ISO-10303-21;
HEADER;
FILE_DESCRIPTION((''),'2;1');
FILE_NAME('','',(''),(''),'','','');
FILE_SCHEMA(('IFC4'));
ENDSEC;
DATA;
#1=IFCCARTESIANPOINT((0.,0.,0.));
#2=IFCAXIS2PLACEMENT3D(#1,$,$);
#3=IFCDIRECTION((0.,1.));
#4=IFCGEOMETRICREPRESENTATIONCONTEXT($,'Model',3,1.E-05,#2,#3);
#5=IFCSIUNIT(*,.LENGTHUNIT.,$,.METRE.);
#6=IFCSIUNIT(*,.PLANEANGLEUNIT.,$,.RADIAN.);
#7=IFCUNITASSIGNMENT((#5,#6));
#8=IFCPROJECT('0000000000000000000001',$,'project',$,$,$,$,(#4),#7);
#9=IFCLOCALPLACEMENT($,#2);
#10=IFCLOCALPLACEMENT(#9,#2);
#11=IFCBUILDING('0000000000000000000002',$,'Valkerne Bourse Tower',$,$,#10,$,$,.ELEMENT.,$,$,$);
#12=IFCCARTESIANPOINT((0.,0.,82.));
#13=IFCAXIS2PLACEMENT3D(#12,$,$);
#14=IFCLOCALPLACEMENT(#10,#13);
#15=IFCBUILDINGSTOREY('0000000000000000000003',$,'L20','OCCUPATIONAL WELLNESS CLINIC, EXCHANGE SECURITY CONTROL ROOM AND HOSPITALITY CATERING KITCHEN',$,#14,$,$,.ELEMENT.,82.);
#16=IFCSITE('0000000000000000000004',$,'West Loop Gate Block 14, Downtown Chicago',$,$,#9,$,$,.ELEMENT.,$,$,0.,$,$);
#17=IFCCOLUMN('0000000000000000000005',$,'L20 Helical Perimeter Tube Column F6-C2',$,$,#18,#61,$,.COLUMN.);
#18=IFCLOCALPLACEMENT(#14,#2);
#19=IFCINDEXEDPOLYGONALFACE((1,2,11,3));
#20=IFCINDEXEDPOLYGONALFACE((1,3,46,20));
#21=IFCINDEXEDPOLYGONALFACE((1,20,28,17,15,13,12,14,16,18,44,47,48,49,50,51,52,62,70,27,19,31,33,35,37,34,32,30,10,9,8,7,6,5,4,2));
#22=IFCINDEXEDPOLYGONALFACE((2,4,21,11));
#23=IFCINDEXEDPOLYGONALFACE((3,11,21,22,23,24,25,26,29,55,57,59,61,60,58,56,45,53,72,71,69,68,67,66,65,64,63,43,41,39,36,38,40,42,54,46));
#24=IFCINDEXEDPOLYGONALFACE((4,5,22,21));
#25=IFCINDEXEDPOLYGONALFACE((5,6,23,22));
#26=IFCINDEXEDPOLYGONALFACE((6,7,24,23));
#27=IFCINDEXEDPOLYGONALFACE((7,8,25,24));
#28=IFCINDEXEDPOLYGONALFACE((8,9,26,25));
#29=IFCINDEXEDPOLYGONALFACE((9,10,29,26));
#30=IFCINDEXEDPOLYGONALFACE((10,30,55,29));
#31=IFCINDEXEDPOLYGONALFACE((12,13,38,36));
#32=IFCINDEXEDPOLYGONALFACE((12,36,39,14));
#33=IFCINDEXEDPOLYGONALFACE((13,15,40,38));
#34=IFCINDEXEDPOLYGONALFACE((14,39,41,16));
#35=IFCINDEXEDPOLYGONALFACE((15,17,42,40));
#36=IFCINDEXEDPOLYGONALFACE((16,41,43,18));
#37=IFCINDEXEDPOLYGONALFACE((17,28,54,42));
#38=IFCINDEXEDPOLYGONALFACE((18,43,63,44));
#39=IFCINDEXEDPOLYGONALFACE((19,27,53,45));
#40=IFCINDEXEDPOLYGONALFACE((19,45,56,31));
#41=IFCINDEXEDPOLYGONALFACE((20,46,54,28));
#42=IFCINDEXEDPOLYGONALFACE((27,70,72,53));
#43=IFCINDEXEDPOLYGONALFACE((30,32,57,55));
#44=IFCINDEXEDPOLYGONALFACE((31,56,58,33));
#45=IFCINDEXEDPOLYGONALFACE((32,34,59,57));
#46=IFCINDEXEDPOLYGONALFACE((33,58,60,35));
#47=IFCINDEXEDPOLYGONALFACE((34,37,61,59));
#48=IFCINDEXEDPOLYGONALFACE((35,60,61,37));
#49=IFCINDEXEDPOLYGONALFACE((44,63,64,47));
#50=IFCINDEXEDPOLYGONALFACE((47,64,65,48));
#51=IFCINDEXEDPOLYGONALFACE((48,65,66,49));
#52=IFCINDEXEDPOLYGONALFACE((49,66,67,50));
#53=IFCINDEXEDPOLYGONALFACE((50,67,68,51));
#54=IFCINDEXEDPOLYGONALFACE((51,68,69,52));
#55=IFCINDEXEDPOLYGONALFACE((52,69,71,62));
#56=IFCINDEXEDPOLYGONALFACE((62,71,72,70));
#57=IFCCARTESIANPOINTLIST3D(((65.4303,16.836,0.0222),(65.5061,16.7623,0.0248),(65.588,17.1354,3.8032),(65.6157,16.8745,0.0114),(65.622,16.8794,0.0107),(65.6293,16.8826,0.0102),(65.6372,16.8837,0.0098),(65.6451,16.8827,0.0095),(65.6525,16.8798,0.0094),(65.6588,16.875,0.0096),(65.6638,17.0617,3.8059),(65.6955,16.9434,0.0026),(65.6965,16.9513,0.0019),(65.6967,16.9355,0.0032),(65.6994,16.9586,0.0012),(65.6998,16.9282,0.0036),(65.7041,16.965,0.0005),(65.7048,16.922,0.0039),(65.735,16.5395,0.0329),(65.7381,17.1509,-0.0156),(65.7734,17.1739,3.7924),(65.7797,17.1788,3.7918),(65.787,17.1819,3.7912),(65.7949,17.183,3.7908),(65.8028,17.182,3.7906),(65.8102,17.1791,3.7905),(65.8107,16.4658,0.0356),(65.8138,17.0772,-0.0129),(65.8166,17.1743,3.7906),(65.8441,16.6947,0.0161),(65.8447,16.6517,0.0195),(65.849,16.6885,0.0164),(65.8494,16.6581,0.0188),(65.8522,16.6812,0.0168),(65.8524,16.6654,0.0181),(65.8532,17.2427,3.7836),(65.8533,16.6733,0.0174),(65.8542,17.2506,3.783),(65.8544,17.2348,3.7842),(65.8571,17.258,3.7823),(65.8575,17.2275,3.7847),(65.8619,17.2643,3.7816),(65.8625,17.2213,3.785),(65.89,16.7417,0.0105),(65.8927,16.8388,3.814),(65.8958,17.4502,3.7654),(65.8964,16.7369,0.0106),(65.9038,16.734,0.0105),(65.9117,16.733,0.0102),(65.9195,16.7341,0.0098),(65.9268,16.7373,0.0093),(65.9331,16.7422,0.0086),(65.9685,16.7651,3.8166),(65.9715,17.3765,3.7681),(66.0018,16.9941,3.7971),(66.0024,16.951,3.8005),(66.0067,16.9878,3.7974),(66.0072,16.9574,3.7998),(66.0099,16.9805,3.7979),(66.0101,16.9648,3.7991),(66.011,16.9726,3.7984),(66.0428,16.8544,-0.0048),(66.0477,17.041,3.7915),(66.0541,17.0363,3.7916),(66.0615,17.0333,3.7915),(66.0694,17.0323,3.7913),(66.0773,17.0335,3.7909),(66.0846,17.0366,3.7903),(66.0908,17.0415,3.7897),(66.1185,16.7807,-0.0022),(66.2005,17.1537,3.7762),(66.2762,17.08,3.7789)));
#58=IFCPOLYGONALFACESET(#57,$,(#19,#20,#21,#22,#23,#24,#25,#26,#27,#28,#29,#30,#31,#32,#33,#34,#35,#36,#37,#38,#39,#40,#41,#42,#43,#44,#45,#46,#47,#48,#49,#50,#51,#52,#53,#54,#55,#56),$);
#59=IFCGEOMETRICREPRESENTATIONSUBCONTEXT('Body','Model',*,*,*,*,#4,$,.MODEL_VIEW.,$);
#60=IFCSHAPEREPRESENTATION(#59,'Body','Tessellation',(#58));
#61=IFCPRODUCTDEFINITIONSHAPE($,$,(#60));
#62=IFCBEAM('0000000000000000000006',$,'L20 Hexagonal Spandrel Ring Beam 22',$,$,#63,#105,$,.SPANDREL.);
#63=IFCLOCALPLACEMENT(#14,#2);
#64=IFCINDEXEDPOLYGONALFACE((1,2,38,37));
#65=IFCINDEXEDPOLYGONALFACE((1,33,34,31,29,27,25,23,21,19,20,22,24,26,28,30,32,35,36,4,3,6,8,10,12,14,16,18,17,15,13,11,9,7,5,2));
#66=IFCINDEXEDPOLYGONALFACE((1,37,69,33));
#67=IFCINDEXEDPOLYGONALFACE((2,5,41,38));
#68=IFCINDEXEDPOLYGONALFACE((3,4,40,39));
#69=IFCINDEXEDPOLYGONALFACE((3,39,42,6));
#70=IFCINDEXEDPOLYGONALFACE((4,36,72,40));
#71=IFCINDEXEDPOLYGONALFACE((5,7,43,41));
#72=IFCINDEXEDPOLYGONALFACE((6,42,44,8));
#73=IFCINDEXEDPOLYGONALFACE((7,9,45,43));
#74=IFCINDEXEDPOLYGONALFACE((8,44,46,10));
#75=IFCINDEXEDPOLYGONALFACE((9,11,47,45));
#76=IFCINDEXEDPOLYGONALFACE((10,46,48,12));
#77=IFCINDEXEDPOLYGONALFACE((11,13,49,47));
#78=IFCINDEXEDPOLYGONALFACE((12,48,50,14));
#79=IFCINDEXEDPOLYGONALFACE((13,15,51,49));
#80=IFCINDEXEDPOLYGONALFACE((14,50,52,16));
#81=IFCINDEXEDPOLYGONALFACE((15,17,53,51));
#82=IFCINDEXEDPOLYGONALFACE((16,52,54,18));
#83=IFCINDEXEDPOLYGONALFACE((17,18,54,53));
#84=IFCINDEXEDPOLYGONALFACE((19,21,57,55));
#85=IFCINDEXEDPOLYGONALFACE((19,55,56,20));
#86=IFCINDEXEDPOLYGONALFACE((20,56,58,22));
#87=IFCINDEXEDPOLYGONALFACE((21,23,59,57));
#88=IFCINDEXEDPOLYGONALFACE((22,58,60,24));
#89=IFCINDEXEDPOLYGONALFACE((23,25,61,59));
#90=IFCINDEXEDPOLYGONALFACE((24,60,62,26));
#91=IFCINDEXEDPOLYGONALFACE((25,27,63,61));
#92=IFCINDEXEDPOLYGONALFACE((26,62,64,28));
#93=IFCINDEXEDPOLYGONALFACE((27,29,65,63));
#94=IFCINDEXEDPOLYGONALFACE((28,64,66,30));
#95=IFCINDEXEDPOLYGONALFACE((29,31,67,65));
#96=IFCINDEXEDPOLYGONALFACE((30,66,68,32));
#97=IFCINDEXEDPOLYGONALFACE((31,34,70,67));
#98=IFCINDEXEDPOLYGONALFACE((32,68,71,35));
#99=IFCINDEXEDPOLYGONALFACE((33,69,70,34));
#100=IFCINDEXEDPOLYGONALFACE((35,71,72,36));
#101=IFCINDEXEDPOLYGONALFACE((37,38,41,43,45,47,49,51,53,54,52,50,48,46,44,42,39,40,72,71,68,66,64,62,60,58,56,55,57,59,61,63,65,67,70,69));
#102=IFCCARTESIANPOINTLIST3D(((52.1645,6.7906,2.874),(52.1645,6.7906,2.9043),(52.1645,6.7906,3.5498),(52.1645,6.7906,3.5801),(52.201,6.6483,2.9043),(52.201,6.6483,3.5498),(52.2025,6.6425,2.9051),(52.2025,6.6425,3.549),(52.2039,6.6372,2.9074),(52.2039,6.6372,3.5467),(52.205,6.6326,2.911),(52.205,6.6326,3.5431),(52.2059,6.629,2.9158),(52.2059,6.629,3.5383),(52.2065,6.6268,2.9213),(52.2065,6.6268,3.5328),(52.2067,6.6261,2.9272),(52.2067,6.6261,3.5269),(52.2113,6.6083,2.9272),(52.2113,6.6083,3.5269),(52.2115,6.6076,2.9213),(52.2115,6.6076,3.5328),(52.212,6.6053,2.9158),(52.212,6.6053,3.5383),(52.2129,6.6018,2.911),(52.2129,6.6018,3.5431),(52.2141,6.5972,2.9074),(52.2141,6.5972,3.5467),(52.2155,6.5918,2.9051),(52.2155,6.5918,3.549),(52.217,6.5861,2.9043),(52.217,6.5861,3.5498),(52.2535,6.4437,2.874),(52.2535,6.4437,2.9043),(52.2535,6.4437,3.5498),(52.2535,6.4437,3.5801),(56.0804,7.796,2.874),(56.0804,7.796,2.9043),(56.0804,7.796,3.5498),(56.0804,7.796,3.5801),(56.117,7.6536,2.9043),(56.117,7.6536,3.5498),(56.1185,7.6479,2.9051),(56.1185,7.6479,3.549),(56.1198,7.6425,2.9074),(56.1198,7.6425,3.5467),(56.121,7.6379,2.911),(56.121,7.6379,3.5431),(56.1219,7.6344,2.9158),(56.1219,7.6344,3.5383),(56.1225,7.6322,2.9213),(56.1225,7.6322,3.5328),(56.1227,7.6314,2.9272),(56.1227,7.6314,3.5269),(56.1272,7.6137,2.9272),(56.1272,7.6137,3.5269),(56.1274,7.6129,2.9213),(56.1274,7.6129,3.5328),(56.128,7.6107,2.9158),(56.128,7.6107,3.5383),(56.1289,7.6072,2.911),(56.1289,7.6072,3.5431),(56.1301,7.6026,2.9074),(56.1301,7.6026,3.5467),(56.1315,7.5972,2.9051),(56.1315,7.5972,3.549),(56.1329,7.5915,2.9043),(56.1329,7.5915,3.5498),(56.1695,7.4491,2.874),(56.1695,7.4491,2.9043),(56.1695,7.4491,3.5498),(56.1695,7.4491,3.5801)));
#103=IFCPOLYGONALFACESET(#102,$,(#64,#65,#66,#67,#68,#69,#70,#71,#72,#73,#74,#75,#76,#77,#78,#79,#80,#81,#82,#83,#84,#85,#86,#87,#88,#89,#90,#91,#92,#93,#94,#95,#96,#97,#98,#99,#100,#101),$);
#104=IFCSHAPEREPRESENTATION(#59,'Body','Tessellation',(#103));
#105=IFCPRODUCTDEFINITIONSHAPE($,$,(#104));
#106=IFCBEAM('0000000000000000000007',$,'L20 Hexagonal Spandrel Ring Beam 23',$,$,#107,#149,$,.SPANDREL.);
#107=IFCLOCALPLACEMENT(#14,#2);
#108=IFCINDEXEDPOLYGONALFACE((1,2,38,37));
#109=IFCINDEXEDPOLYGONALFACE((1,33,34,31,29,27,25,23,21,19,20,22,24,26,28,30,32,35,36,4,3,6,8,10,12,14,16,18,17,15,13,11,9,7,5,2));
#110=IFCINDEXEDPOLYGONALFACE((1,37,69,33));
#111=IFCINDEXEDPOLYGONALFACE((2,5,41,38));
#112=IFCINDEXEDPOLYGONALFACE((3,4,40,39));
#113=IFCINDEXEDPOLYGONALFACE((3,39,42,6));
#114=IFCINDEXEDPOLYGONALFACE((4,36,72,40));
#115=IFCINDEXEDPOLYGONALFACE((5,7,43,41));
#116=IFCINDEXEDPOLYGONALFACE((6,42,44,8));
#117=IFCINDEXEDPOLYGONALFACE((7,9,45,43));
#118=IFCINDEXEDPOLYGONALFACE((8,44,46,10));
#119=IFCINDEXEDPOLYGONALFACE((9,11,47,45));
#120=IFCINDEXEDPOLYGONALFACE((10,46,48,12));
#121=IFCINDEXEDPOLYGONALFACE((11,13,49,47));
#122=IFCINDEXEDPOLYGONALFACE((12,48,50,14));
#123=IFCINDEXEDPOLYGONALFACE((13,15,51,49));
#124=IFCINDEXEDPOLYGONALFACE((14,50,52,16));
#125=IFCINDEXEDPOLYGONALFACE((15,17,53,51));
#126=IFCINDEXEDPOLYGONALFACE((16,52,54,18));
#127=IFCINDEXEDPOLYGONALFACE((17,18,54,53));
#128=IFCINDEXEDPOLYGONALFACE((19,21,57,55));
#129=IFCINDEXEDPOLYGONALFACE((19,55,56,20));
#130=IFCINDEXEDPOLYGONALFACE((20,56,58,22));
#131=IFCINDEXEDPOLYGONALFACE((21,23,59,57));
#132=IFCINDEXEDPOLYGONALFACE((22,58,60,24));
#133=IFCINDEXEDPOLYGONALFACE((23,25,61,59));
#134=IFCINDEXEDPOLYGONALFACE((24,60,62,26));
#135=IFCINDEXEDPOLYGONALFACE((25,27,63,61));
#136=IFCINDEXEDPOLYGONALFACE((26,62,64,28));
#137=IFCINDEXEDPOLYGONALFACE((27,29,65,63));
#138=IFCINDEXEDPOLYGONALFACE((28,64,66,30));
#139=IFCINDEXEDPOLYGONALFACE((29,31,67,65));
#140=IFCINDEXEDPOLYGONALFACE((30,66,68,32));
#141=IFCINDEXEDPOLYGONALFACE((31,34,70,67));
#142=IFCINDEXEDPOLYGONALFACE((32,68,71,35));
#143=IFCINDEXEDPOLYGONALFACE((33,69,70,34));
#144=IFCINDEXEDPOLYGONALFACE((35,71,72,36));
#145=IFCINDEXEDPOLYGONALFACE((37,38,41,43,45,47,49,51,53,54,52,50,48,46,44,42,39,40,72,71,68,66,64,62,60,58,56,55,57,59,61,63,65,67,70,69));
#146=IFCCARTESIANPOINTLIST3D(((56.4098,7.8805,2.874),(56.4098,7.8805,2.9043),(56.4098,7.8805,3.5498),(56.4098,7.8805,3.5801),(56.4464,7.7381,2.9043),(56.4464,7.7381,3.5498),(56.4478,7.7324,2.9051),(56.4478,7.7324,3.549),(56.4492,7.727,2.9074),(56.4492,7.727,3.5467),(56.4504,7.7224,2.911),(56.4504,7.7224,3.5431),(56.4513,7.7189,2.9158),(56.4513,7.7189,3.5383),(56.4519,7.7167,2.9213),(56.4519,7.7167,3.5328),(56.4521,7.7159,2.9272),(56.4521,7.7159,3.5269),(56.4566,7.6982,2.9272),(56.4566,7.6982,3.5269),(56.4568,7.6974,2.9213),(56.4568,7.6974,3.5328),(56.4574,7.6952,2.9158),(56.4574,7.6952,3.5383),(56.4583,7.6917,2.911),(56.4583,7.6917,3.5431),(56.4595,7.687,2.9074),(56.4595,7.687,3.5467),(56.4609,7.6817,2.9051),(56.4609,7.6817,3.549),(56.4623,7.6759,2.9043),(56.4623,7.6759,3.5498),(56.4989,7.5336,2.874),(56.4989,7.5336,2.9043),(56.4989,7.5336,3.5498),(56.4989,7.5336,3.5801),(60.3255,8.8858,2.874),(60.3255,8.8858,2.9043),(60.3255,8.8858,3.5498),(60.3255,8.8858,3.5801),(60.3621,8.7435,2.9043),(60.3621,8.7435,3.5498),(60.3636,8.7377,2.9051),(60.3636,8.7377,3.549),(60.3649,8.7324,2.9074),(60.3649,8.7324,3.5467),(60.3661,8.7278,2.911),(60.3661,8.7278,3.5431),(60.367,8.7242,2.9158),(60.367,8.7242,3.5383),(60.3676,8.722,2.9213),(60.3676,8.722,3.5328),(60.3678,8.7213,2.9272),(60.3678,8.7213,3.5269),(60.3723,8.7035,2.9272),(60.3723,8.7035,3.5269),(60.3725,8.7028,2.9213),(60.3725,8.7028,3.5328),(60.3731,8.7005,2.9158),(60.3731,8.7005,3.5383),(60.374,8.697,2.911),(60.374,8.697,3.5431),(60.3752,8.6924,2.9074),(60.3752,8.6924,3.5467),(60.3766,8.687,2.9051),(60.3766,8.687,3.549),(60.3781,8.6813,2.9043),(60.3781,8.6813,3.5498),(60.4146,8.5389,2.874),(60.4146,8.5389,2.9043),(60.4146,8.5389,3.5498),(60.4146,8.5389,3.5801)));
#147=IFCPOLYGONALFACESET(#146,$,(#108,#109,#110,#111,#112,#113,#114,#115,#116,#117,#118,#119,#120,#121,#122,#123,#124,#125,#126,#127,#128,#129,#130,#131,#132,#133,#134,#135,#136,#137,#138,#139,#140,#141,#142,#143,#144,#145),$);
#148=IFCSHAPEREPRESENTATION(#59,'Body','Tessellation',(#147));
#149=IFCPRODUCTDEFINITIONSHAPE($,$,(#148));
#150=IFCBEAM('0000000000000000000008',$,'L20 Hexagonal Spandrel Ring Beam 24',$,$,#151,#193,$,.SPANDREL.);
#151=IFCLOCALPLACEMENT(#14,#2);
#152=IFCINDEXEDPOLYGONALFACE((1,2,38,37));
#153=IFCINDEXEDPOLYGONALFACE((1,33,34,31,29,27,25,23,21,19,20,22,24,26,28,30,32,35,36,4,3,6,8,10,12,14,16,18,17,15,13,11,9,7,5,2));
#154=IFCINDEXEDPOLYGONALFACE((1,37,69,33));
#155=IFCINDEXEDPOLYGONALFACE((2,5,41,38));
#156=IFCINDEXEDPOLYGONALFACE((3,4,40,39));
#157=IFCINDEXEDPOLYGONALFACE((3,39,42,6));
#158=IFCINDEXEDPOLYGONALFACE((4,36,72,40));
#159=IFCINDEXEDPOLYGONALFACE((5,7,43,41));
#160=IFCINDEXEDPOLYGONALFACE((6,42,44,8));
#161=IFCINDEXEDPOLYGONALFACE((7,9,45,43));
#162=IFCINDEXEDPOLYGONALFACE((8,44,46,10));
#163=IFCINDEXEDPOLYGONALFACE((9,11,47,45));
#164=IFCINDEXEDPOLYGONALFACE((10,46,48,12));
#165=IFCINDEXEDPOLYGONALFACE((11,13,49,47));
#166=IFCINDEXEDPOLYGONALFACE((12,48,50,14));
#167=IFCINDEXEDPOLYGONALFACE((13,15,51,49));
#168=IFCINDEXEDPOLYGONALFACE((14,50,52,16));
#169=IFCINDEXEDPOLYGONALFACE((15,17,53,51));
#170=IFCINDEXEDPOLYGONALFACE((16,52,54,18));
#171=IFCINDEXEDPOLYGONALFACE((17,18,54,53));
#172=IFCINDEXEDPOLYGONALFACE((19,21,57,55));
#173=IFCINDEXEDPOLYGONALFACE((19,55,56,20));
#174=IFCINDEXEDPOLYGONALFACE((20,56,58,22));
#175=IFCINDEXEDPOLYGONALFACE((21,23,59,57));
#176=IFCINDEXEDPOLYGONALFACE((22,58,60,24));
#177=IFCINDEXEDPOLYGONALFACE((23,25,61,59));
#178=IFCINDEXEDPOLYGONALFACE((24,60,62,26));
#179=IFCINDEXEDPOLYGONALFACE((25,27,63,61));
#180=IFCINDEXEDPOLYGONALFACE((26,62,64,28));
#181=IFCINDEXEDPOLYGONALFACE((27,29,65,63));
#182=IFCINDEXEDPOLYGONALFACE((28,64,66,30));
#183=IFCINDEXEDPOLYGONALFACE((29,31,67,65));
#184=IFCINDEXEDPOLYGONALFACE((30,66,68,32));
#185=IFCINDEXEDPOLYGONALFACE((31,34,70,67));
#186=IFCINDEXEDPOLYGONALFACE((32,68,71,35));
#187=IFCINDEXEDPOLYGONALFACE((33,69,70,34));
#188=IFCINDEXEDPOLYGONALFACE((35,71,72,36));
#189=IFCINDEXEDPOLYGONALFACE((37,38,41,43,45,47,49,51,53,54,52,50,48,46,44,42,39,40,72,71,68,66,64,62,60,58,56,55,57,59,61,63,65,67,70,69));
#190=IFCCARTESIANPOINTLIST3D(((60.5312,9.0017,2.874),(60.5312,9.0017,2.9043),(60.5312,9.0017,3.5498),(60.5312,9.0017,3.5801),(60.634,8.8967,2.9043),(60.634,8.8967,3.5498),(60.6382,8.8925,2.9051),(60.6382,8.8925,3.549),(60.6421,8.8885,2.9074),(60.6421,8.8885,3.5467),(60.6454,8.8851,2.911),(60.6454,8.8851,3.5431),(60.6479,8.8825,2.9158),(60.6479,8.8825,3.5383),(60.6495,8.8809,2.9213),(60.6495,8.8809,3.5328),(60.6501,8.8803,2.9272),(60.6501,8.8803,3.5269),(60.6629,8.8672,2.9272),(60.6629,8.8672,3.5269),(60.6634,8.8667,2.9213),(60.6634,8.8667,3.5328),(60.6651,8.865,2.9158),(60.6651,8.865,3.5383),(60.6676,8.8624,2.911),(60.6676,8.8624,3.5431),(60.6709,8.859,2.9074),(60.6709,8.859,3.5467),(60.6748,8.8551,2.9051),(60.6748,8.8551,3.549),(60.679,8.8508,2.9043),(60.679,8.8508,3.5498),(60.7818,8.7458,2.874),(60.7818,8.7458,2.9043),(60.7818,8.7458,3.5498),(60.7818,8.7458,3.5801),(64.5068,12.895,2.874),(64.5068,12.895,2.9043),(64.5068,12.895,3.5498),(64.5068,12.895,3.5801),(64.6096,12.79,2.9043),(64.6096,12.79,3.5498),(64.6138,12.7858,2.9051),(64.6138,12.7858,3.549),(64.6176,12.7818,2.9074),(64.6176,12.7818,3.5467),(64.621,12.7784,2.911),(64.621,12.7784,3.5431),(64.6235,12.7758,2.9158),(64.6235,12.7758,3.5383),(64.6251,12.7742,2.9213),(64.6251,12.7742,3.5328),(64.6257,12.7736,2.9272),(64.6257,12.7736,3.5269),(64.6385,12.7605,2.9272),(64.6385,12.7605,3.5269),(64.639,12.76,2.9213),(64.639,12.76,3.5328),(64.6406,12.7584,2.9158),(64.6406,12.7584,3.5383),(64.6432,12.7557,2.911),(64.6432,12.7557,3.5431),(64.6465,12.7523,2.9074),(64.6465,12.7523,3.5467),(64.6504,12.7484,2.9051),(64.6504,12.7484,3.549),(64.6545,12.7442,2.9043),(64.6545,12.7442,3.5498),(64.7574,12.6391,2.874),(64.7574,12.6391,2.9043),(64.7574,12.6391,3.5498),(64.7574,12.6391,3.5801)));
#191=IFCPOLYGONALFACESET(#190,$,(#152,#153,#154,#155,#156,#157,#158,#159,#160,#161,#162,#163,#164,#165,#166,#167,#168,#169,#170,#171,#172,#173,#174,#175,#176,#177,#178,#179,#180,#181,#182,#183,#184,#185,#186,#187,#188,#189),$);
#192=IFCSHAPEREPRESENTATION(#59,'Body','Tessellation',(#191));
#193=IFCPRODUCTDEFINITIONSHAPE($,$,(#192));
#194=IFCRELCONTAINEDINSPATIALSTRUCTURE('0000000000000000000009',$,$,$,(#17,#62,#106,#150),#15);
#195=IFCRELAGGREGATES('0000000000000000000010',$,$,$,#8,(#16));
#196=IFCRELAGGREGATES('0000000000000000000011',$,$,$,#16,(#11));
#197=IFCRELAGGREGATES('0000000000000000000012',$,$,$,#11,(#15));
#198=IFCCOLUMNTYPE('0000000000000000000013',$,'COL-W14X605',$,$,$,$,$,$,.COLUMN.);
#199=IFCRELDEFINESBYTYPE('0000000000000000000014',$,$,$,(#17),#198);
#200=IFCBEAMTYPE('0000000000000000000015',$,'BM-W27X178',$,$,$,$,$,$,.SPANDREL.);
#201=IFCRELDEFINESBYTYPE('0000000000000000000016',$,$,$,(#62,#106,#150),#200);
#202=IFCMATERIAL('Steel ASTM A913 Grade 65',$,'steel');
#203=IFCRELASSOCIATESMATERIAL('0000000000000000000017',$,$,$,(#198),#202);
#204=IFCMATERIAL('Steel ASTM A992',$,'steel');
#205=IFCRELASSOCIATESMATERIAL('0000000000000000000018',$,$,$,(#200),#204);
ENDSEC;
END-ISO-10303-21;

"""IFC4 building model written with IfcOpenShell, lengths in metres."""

from ifc_helpers import new_model, si_unit, direction, frame, origin, origin_2d, place, context, subcontext, project, spatial, i_section, extrude, material, material_profile, profile_set, type_object, element, save


model = new_model("IFC4")

# Units and contexts
model_context = context("Model", 3, precision=1e-05, world=origin(), true_north=direction((0.0, 1.0)))
body_context = subcontext(model_context, "Body", "Model", "MODEL_VIEW")
ifc_project = project(units=[si_unit("LENGTHUNIT", "METRE"), si_unit("PLANEANGLEUNIT", "RADIAN")], contexts=[model_context])

# Site, building, storey
site_placement = place(None, origin())
site = spatial("IfcSite", under=ifc_project, at=site_placement, Name="West Loop Gate Block 14, Downtown Chicago", CompositionType="ELEMENT", RefElevation=0.0)
building_placement = place(site_placement, origin())
building = spatial("IfcBuilding", under=site, at=building_placement, Name="Valkerne Bourse Tower", CompositionType="ELEMENT")
storey_placement = place(building_placement, frame((0.0, 0.0, 82.0)))
storey = spatial("IfcBuildingStorey", under=building, at=storey_placement, Name="L20", Description="OCCUPATIONAL WELLNESS CLINIC, EXCHANGE SECURITY CONTROL ROOM AND HOSPITALITY CATERING KITCHEN", CompositionType="ELEMENT", Elevation=82.0)

# Column
ifc_material_1 = material(Name="Steel ASTM A913 Grade 65", Category="steel")
ifc_material_profile_1 = material_profile(ifc_material_1, i_section(OverallWidth=0.4419, OverallDepth=0.531, WebThickness=0.0659, FlangeThickness=0.1057, FilletRadius=0.0305, at=origin_2d()), Name="W14X605")
ifc_profile_set_1 = profile_set([ifc_material_profile_1], Name="Steel ASTM A913 Grade 65")
column_type = type_object("IfcColumnType", Name="COL-W14X605", PredefinedType="COLUMN", material=ifc_profile_set_1)
column_1_placement = place(storey_placement, frame((65.7744, 16.8083, 0.01), z_axis=(0.041546, 0.078848, 0.996021), x_axis=(-0.696455, -0.712494, 0.085454)))
element("IfcColumn", 1, at=column_1_placement, inside=storey, type_object=column_type, Name="L20 Helical Perimeter Tube Column F6-C2", PredefinedType="COLUMN", context=body_context, shape_type="SweptSolid", body=[
    extrude(i_section(OverallWidth=0.4419, OverallDepth=0.531, WebThickness=0.0659, FlangeThickness=0.1057, FilletRadius=0.0305, at=origin_2d()), origin(), (0.0, 0.0, 1.0), 3.7961),
])

# Beams
ifc_material_2 = material(Name="Steel ASTM A992", Category="steel")
ifc_material_profile_2 = material_profile(ifc_material_2, i_section(OverallWidth=0.3582, OverallDepth=0.7061, WebThickness=0.0183, FlangeThickness=0.0303, FilletRadius=0.0229, at=origin_2d()), Name="W27X178")
ifc_profile_set_2 = profile_set([ifc_material_profile_2], Name="Steel ASTM A992")
beam_type = type_object("IfcBeamType", Name="BM-W27X178", PredefinedType="SPANDREL", material=ifc_profile_set_2)
beam_1_placement = place(storey_placement, frame((52.209, 6.6172, 3.2271), z_axis=(0.968589, 0.248669, 0.0), x_axis=(-0.248669, 0.968589, 0.0)))
element("IfcBeam", 2, at=beam_1_placement, inside=storey, type_object=beam_type, Name="L20 Hexagonal Spandrel Ring Beam 22", PredefinedType="SPANDREL", context=body_context, shape_type="SweptSolid", body=[
    extrude(i_section(OverallWidth=0.3582, OverallDepth=0.7061, WebThickness=0.0183, FlangeThickness=0.0303, FilletRadius=0.0229, at=origin_2d()), origin(), (0.0, 0.0, 1.0), 4.043),
])
beam_2_placement = place(storey_placement, frame((56.4543, 7.707, 3.2271), z_axis=(0.968585, 0.248683, 0.0), x_axis=(-0.248683, 0.968585, 0.0)))
element("IfcBeam", 3, at=beam_2_placement, inside=storey, type_object=beam_type, Name="L20 Hexagonal Spandrel Ring Beam 23", PredefinedType="SPANDREL", context=body_context, shape_type="SweptSolid", body=[
    extrude(i_section(OverallWidth=0.3582, OverallDepth=0.7061, WebThickness=0.0183, FlangeThickness=0.0303, FilletRadius=0.0229, at=origin_2d()), origin(), (0.0, 0.0, 1.0), 4.0427),
])
beam_3_placement = place(storey_placement, frame((60.6565, 8.8738, 3.2271), z_axis=(0.714461, 0.699675, 0.0), x_axis=(-0.699675, 0.714461, 0.0)))
element("IfcBeam", 4, at=beam_3_placement, inside=storey, type_object=beam_type, Name="L20 Hexagonal Spandrel Ring Beam 24", PredefinedType="SPANDREL", context=body_context, shape_type="SweptSolid", body=[
    extrude(i_section(OverallWidth=0.3582, OverallDepth=0.7061, WebThickness=0.0183, FlangeThickness=0.0303, FilletRadius=0.0229, at=origin_2d()), origin(), (0.0, 0.0, 1.0), 5.5645),
])

save(model, "model.ifc")
